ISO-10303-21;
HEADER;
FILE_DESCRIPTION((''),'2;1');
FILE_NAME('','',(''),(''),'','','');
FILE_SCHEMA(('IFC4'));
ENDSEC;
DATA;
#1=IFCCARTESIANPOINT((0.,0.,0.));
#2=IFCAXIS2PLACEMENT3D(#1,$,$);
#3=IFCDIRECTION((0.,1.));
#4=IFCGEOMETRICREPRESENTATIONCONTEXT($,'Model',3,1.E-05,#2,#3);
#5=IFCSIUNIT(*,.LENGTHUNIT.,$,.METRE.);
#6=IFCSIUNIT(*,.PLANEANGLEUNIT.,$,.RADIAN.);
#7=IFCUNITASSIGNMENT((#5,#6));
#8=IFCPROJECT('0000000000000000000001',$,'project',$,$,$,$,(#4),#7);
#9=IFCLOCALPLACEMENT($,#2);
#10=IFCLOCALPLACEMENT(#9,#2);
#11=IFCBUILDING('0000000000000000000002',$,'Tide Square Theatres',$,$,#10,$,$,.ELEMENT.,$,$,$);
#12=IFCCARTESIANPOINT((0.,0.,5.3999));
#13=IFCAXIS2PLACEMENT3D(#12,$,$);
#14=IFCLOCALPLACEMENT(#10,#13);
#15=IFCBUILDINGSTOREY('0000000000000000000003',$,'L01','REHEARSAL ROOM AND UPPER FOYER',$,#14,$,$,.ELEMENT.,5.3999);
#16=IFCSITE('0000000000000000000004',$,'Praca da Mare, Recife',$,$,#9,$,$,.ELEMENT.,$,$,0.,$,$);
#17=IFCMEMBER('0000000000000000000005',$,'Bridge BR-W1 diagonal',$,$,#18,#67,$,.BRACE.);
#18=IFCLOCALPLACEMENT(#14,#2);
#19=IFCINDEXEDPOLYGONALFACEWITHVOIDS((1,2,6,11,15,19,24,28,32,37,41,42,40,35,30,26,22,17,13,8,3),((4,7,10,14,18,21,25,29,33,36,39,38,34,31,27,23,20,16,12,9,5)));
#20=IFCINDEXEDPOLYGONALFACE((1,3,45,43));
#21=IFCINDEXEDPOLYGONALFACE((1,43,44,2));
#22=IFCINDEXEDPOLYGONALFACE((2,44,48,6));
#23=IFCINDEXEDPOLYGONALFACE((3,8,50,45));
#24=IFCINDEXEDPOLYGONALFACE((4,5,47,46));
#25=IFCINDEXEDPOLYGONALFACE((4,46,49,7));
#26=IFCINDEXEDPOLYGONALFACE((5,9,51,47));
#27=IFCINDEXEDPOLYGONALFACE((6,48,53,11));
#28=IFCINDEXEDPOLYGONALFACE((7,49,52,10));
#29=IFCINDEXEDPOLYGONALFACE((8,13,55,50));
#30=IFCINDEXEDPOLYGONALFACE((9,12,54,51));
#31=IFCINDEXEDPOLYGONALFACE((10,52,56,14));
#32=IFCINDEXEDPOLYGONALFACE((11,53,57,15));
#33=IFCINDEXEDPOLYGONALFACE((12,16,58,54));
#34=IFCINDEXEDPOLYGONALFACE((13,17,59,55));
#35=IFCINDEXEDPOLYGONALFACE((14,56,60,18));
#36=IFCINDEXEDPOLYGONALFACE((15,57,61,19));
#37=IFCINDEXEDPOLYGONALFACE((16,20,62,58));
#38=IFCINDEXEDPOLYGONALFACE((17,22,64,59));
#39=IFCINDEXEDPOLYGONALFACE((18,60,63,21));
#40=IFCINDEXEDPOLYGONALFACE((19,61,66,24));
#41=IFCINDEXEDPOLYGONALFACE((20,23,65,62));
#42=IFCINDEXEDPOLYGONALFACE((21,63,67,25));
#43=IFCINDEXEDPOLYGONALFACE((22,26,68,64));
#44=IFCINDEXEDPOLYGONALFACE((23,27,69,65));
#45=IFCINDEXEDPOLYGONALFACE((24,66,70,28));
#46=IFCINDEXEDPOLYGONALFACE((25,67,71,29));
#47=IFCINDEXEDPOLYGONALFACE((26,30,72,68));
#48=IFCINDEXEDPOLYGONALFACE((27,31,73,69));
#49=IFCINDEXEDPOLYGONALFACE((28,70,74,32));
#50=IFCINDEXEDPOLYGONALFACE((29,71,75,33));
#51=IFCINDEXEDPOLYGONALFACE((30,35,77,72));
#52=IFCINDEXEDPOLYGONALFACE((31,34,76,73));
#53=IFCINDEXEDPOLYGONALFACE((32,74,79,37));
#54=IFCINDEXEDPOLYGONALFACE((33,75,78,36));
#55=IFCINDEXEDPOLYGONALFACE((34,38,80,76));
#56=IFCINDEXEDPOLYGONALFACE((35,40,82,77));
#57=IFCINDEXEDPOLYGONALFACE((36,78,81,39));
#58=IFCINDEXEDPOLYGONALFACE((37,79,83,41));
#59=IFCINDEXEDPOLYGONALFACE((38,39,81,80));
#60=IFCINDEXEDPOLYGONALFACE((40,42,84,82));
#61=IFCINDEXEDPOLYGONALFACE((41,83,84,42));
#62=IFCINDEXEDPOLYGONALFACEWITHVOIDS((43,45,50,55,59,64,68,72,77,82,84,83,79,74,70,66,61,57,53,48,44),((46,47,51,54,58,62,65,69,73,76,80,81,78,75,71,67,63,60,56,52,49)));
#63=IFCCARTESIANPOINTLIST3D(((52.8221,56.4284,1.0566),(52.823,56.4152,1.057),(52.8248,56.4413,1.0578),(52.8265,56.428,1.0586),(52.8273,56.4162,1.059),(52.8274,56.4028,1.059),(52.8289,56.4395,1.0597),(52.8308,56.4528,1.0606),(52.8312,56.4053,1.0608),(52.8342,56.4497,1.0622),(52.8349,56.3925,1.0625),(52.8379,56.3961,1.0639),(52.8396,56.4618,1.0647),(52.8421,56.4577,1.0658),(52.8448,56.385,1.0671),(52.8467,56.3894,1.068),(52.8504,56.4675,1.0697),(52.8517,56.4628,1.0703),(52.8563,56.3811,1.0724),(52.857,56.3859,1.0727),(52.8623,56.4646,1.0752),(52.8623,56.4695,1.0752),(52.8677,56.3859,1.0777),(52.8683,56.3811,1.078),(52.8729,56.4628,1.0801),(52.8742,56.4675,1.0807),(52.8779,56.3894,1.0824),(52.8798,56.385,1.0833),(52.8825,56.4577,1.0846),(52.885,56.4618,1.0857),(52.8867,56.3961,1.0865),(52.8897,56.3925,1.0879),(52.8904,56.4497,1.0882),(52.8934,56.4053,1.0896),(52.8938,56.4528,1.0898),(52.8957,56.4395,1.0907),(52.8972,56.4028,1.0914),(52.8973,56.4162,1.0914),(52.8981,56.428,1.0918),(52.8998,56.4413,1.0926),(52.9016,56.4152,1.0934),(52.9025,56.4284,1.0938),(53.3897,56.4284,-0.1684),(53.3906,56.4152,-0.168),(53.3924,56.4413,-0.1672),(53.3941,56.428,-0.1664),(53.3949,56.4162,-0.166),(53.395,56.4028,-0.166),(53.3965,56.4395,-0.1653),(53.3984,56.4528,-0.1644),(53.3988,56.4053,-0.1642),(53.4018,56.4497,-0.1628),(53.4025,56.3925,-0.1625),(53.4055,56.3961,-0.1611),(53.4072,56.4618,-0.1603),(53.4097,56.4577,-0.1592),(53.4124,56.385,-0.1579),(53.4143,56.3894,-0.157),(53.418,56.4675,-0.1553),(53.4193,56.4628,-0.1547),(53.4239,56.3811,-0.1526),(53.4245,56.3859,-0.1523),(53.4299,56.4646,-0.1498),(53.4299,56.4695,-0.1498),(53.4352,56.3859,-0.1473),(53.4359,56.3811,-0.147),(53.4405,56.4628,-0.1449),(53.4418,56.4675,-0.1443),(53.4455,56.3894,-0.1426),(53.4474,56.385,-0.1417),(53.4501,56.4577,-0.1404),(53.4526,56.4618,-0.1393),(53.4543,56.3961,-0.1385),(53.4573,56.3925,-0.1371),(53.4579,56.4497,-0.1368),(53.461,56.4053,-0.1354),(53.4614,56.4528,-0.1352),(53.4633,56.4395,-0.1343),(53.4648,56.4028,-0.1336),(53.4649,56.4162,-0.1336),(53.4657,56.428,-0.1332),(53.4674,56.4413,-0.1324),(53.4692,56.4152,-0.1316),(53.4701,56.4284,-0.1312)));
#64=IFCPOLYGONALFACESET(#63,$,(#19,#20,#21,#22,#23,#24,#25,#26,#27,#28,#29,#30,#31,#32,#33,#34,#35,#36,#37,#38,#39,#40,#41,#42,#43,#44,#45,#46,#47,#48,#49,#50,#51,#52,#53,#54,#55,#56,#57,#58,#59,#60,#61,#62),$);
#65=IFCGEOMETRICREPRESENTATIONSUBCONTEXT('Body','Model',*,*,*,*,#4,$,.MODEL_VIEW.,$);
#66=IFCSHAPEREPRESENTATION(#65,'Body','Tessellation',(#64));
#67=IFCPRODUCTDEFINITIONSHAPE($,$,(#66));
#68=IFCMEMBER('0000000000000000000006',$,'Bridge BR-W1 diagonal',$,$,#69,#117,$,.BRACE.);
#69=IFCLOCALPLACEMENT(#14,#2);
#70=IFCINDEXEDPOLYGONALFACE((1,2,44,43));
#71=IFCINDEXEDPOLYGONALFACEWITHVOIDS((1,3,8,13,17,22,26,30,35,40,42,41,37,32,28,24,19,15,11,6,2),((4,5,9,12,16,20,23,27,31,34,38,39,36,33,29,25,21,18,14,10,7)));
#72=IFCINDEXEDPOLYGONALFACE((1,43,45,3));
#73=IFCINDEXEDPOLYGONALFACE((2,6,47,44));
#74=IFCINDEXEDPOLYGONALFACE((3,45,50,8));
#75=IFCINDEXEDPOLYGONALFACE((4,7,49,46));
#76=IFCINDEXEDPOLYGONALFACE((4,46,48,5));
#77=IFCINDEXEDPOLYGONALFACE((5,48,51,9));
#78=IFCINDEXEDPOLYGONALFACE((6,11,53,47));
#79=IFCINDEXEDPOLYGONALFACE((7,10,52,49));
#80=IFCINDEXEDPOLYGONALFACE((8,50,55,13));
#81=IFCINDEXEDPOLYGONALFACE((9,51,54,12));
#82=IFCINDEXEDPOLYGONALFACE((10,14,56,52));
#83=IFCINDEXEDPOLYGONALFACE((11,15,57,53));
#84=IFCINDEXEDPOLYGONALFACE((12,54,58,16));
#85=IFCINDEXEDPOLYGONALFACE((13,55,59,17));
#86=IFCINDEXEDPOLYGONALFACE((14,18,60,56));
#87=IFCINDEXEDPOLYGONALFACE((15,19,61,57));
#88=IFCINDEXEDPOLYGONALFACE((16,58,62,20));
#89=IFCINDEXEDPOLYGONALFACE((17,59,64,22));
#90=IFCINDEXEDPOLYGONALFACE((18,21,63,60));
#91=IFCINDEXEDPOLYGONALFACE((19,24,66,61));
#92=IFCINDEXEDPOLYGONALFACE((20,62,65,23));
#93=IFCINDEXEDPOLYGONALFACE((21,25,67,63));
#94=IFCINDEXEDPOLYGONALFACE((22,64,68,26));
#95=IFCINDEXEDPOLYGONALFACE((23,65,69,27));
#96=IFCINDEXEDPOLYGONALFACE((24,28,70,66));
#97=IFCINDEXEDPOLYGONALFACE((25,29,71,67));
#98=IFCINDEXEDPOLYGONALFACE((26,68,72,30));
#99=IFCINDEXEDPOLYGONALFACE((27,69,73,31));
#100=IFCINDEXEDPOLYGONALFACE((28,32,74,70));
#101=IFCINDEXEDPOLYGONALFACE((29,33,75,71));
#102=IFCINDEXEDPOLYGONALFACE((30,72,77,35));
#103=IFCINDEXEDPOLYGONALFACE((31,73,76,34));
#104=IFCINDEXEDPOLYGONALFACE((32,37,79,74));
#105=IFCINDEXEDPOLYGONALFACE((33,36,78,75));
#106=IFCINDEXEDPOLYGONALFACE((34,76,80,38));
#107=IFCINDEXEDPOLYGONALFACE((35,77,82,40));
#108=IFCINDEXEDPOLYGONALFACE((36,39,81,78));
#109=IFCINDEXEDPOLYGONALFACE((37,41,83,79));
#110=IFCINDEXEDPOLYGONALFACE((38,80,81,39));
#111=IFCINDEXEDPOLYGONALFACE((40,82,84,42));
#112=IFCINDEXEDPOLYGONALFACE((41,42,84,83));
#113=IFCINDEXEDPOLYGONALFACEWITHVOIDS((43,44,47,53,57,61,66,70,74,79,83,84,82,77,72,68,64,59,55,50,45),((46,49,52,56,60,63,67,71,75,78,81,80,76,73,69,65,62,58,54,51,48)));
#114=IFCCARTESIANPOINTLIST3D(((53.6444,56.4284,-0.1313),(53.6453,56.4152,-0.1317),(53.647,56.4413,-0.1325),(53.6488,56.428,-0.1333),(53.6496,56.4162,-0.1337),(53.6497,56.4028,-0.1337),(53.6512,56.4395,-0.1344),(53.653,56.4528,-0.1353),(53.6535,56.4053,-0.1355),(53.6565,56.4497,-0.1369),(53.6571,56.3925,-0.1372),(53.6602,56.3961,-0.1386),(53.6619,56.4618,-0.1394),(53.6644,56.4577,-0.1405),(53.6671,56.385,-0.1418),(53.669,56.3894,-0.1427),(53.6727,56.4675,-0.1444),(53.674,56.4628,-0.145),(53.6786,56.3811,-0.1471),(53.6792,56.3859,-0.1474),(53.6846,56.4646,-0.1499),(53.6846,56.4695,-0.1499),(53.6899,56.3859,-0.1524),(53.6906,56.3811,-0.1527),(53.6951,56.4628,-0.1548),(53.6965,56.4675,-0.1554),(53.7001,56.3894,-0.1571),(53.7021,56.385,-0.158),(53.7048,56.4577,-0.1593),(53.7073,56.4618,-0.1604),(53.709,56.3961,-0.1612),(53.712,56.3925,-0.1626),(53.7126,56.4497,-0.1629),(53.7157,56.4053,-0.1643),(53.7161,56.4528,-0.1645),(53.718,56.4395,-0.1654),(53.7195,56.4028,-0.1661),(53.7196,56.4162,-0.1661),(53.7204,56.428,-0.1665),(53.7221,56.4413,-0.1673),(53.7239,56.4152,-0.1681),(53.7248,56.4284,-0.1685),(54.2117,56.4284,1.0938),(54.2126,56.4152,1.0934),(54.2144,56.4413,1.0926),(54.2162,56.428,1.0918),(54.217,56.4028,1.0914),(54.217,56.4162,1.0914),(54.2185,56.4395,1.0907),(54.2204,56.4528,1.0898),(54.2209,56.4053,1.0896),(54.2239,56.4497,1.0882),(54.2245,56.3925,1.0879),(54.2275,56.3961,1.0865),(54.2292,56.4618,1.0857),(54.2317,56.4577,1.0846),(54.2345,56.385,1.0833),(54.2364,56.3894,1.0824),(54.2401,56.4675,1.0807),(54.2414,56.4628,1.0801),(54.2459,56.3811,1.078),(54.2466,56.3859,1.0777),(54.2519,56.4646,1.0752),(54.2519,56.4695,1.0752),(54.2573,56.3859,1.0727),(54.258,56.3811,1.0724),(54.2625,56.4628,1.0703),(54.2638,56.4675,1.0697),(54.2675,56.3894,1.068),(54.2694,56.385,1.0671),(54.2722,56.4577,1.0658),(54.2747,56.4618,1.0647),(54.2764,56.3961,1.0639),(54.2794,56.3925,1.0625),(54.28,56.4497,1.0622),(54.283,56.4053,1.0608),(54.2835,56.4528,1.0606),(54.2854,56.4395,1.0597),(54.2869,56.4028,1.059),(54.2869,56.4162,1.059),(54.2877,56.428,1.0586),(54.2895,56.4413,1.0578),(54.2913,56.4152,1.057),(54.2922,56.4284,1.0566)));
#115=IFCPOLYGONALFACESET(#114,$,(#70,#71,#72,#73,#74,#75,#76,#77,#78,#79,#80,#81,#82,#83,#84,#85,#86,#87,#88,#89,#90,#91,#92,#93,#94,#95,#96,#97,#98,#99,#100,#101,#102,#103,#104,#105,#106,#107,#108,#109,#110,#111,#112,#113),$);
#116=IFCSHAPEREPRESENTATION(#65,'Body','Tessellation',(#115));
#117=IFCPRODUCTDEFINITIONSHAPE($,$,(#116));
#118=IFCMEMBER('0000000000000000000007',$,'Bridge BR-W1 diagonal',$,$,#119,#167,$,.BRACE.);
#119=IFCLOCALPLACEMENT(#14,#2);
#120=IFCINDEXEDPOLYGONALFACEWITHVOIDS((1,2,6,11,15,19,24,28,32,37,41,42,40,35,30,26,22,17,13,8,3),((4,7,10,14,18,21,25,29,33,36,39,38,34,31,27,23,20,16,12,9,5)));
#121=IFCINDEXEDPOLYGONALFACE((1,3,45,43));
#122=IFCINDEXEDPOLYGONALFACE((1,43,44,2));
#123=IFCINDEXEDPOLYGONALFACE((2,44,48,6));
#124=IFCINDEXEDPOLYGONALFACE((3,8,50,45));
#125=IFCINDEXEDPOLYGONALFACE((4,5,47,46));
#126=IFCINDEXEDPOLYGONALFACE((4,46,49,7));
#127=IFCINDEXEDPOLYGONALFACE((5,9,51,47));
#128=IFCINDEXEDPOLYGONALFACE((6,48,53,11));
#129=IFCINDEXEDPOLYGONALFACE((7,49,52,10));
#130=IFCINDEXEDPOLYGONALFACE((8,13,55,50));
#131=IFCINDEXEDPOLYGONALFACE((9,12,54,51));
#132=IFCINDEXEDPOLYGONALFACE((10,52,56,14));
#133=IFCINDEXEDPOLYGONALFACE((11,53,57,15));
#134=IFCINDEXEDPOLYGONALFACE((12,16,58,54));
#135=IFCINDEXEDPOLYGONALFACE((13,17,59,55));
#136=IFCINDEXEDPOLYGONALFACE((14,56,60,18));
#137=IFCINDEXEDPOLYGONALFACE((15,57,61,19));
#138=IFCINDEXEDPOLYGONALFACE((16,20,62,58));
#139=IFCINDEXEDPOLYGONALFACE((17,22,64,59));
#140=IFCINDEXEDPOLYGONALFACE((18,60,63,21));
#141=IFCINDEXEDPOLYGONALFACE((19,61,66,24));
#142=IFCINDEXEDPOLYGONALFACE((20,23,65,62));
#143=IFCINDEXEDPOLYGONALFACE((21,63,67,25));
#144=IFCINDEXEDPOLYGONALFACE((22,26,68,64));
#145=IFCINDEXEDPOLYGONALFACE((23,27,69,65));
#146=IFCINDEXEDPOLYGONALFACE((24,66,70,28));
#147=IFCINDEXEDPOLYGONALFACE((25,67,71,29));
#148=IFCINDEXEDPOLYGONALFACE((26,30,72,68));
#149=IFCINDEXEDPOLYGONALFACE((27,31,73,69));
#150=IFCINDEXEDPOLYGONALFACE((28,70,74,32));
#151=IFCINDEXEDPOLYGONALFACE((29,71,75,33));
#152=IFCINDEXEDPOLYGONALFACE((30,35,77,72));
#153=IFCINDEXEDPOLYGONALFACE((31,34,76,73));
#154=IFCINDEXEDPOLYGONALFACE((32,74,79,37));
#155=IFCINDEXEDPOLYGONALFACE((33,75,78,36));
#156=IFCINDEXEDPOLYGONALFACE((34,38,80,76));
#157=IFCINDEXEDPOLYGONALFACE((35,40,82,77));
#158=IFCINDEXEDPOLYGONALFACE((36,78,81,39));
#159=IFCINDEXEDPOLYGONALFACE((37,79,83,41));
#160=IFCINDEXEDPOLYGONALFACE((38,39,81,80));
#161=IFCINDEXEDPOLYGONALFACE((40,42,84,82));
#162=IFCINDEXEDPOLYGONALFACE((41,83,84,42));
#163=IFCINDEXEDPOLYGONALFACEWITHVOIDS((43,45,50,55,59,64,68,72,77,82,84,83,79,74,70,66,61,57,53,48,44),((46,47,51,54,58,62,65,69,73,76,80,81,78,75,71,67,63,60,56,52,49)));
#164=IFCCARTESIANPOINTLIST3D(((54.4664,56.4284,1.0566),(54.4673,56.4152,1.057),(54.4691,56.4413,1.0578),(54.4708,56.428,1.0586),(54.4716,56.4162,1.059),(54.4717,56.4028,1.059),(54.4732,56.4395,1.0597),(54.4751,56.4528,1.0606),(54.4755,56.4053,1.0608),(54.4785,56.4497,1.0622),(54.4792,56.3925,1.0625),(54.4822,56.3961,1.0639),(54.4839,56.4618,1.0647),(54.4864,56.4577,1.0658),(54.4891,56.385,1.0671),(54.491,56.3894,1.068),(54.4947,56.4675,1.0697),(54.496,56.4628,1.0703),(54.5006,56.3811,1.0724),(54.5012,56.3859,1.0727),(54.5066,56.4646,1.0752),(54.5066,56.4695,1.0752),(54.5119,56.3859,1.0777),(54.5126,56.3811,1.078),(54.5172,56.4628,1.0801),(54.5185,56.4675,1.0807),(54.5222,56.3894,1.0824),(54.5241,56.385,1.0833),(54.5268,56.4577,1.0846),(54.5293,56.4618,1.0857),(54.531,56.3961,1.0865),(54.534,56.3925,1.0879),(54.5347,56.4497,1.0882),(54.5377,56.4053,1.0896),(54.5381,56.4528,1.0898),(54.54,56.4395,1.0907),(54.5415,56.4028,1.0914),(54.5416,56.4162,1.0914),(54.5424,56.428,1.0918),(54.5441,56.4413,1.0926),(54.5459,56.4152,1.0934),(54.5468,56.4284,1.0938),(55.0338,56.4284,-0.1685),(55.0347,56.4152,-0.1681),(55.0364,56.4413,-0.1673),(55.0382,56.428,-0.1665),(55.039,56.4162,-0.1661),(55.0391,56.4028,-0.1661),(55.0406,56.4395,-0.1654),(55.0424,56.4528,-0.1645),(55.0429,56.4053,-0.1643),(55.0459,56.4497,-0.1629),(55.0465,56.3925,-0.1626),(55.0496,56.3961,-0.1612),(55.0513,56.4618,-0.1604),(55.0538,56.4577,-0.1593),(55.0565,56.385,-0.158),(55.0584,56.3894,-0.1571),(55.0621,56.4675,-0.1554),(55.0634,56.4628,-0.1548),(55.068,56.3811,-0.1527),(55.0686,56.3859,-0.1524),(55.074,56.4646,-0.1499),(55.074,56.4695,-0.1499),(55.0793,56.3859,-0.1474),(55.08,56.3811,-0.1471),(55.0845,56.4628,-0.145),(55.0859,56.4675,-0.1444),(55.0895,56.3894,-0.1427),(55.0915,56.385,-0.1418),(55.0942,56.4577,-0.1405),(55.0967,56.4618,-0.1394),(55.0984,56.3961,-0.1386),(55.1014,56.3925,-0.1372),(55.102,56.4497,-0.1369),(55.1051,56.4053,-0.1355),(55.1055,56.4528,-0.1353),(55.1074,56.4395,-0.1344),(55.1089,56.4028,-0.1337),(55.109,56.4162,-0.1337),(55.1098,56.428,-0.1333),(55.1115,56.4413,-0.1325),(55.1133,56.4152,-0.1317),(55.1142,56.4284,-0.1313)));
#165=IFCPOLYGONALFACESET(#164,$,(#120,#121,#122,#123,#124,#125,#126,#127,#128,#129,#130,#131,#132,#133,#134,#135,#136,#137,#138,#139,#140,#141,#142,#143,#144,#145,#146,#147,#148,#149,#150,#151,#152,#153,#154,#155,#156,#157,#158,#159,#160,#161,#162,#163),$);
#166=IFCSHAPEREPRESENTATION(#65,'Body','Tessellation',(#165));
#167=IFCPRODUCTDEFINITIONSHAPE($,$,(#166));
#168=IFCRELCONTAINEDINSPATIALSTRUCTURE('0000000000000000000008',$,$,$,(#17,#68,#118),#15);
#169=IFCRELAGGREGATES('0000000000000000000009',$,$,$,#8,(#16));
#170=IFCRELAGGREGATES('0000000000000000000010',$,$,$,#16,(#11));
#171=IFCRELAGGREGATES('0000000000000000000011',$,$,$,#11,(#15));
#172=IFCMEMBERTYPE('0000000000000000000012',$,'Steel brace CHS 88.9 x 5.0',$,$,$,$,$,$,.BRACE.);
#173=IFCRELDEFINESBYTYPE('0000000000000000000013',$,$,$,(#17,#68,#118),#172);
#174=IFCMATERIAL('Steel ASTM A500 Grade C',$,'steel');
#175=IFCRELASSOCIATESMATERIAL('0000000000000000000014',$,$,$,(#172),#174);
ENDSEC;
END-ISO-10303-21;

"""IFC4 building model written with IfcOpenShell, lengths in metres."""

from ifc_helpers import new_model, si_unit, direction, frame, origin, origin_2d, place, context, subcontext, project, spatial, hollow_circle, extrude, material, material_profile, profile_set, type_object, element, save


model = new_model("IFC4")

# Units and contexts
model_context = context("Model", 3, precision=1e-05, world=origin(), true_north=direction((0.0, 1.0)))
body_context = subcontext(model_context, "Body", "Model", "MODEL_VIEW")
ifc_project = project(units=[si_unit("LENGTHUNIT", "METRE"), si_unit("PLANEANGLEUNIT", "RADIAN")], contexts=[model_context])

# Site, building, storey
site_placement = place(None, origin())
site = spatial("IfcSite", under=ifc_project, at=site_placement, Name="Praca da Mare, Recife", CompositionType="ELEMENT", RefElevation=0.0)
building_placement = place(site_placement, origin())
building = spatial("IfcBuilding", under=site, at=building_placement, Name="Tide Square Theatres", CompositionType="ELEMENT")
storey_placement = place(building_placement, frame((0.0, 0.0, 5.3999)))
storey = spatial("IfcBuildingStorey", under=building, at=storey_placement, Name="L01", Description="REHEARSAL ROOM AND UPPER FOYER", CompositionType="ELEMENT", Elevation=5.3999)

# Members
ifc_material_1 = material(Name="Steel ASTM A500 Grade C", Category="steel")
ifc_material_profile_1 = material_profile(ifc_material_1, hollow_circle(Radius=0.0444, WallThickness=0.0049, at=origin_2d()))
ifc_profile_set_1 = profile_set([ifc_material_profile_1], Name="Steel ASTM A500 Grade C")
member_type_1 = type_object("IfcMemberType", Name="Steel brace CHS 88.9 x 5.0", PredefinedType="BRACE", material=ifc_profile_set_1)
for number, where, z_axis, x_axis, name in (
    (1, (52.8623, 56.425, 1.0752), (0.420399, 0.0, -0.907339), (0.0, 1.0, 0.0), "Bridge BR-W1 diagonal"),
    (2, (53.6846, 56.425, -0.1499), (0.42025, 0.0, 0.907408), (0.0, 1.0, 0.0), "Bridge BR-W1 diagonal"),
    (3, (54.5066, 56.425, 1.0752), (0.42025, 0.0, -0.907408), (0.0, 1.0, 0.0), "Bridge BR-W1 diagonal"),
):
    element("IfcMember", number, at=place(storey_placement, frame(where, z_axis=z_axis, x_axis=x_axis)), inside=storey, type_object=member_type_1, Name=name, PredefinedType="BRACE", context=body_context, shape_type="SweptSolid", body=[
        extrude(hollow_circle(Radius=0.0444, WallThickness=0.0049, at=origin_2d()), origin(), (0.0, 0.0, 1.0), 1.3501),
    ])

save(model, "model.ifc")
